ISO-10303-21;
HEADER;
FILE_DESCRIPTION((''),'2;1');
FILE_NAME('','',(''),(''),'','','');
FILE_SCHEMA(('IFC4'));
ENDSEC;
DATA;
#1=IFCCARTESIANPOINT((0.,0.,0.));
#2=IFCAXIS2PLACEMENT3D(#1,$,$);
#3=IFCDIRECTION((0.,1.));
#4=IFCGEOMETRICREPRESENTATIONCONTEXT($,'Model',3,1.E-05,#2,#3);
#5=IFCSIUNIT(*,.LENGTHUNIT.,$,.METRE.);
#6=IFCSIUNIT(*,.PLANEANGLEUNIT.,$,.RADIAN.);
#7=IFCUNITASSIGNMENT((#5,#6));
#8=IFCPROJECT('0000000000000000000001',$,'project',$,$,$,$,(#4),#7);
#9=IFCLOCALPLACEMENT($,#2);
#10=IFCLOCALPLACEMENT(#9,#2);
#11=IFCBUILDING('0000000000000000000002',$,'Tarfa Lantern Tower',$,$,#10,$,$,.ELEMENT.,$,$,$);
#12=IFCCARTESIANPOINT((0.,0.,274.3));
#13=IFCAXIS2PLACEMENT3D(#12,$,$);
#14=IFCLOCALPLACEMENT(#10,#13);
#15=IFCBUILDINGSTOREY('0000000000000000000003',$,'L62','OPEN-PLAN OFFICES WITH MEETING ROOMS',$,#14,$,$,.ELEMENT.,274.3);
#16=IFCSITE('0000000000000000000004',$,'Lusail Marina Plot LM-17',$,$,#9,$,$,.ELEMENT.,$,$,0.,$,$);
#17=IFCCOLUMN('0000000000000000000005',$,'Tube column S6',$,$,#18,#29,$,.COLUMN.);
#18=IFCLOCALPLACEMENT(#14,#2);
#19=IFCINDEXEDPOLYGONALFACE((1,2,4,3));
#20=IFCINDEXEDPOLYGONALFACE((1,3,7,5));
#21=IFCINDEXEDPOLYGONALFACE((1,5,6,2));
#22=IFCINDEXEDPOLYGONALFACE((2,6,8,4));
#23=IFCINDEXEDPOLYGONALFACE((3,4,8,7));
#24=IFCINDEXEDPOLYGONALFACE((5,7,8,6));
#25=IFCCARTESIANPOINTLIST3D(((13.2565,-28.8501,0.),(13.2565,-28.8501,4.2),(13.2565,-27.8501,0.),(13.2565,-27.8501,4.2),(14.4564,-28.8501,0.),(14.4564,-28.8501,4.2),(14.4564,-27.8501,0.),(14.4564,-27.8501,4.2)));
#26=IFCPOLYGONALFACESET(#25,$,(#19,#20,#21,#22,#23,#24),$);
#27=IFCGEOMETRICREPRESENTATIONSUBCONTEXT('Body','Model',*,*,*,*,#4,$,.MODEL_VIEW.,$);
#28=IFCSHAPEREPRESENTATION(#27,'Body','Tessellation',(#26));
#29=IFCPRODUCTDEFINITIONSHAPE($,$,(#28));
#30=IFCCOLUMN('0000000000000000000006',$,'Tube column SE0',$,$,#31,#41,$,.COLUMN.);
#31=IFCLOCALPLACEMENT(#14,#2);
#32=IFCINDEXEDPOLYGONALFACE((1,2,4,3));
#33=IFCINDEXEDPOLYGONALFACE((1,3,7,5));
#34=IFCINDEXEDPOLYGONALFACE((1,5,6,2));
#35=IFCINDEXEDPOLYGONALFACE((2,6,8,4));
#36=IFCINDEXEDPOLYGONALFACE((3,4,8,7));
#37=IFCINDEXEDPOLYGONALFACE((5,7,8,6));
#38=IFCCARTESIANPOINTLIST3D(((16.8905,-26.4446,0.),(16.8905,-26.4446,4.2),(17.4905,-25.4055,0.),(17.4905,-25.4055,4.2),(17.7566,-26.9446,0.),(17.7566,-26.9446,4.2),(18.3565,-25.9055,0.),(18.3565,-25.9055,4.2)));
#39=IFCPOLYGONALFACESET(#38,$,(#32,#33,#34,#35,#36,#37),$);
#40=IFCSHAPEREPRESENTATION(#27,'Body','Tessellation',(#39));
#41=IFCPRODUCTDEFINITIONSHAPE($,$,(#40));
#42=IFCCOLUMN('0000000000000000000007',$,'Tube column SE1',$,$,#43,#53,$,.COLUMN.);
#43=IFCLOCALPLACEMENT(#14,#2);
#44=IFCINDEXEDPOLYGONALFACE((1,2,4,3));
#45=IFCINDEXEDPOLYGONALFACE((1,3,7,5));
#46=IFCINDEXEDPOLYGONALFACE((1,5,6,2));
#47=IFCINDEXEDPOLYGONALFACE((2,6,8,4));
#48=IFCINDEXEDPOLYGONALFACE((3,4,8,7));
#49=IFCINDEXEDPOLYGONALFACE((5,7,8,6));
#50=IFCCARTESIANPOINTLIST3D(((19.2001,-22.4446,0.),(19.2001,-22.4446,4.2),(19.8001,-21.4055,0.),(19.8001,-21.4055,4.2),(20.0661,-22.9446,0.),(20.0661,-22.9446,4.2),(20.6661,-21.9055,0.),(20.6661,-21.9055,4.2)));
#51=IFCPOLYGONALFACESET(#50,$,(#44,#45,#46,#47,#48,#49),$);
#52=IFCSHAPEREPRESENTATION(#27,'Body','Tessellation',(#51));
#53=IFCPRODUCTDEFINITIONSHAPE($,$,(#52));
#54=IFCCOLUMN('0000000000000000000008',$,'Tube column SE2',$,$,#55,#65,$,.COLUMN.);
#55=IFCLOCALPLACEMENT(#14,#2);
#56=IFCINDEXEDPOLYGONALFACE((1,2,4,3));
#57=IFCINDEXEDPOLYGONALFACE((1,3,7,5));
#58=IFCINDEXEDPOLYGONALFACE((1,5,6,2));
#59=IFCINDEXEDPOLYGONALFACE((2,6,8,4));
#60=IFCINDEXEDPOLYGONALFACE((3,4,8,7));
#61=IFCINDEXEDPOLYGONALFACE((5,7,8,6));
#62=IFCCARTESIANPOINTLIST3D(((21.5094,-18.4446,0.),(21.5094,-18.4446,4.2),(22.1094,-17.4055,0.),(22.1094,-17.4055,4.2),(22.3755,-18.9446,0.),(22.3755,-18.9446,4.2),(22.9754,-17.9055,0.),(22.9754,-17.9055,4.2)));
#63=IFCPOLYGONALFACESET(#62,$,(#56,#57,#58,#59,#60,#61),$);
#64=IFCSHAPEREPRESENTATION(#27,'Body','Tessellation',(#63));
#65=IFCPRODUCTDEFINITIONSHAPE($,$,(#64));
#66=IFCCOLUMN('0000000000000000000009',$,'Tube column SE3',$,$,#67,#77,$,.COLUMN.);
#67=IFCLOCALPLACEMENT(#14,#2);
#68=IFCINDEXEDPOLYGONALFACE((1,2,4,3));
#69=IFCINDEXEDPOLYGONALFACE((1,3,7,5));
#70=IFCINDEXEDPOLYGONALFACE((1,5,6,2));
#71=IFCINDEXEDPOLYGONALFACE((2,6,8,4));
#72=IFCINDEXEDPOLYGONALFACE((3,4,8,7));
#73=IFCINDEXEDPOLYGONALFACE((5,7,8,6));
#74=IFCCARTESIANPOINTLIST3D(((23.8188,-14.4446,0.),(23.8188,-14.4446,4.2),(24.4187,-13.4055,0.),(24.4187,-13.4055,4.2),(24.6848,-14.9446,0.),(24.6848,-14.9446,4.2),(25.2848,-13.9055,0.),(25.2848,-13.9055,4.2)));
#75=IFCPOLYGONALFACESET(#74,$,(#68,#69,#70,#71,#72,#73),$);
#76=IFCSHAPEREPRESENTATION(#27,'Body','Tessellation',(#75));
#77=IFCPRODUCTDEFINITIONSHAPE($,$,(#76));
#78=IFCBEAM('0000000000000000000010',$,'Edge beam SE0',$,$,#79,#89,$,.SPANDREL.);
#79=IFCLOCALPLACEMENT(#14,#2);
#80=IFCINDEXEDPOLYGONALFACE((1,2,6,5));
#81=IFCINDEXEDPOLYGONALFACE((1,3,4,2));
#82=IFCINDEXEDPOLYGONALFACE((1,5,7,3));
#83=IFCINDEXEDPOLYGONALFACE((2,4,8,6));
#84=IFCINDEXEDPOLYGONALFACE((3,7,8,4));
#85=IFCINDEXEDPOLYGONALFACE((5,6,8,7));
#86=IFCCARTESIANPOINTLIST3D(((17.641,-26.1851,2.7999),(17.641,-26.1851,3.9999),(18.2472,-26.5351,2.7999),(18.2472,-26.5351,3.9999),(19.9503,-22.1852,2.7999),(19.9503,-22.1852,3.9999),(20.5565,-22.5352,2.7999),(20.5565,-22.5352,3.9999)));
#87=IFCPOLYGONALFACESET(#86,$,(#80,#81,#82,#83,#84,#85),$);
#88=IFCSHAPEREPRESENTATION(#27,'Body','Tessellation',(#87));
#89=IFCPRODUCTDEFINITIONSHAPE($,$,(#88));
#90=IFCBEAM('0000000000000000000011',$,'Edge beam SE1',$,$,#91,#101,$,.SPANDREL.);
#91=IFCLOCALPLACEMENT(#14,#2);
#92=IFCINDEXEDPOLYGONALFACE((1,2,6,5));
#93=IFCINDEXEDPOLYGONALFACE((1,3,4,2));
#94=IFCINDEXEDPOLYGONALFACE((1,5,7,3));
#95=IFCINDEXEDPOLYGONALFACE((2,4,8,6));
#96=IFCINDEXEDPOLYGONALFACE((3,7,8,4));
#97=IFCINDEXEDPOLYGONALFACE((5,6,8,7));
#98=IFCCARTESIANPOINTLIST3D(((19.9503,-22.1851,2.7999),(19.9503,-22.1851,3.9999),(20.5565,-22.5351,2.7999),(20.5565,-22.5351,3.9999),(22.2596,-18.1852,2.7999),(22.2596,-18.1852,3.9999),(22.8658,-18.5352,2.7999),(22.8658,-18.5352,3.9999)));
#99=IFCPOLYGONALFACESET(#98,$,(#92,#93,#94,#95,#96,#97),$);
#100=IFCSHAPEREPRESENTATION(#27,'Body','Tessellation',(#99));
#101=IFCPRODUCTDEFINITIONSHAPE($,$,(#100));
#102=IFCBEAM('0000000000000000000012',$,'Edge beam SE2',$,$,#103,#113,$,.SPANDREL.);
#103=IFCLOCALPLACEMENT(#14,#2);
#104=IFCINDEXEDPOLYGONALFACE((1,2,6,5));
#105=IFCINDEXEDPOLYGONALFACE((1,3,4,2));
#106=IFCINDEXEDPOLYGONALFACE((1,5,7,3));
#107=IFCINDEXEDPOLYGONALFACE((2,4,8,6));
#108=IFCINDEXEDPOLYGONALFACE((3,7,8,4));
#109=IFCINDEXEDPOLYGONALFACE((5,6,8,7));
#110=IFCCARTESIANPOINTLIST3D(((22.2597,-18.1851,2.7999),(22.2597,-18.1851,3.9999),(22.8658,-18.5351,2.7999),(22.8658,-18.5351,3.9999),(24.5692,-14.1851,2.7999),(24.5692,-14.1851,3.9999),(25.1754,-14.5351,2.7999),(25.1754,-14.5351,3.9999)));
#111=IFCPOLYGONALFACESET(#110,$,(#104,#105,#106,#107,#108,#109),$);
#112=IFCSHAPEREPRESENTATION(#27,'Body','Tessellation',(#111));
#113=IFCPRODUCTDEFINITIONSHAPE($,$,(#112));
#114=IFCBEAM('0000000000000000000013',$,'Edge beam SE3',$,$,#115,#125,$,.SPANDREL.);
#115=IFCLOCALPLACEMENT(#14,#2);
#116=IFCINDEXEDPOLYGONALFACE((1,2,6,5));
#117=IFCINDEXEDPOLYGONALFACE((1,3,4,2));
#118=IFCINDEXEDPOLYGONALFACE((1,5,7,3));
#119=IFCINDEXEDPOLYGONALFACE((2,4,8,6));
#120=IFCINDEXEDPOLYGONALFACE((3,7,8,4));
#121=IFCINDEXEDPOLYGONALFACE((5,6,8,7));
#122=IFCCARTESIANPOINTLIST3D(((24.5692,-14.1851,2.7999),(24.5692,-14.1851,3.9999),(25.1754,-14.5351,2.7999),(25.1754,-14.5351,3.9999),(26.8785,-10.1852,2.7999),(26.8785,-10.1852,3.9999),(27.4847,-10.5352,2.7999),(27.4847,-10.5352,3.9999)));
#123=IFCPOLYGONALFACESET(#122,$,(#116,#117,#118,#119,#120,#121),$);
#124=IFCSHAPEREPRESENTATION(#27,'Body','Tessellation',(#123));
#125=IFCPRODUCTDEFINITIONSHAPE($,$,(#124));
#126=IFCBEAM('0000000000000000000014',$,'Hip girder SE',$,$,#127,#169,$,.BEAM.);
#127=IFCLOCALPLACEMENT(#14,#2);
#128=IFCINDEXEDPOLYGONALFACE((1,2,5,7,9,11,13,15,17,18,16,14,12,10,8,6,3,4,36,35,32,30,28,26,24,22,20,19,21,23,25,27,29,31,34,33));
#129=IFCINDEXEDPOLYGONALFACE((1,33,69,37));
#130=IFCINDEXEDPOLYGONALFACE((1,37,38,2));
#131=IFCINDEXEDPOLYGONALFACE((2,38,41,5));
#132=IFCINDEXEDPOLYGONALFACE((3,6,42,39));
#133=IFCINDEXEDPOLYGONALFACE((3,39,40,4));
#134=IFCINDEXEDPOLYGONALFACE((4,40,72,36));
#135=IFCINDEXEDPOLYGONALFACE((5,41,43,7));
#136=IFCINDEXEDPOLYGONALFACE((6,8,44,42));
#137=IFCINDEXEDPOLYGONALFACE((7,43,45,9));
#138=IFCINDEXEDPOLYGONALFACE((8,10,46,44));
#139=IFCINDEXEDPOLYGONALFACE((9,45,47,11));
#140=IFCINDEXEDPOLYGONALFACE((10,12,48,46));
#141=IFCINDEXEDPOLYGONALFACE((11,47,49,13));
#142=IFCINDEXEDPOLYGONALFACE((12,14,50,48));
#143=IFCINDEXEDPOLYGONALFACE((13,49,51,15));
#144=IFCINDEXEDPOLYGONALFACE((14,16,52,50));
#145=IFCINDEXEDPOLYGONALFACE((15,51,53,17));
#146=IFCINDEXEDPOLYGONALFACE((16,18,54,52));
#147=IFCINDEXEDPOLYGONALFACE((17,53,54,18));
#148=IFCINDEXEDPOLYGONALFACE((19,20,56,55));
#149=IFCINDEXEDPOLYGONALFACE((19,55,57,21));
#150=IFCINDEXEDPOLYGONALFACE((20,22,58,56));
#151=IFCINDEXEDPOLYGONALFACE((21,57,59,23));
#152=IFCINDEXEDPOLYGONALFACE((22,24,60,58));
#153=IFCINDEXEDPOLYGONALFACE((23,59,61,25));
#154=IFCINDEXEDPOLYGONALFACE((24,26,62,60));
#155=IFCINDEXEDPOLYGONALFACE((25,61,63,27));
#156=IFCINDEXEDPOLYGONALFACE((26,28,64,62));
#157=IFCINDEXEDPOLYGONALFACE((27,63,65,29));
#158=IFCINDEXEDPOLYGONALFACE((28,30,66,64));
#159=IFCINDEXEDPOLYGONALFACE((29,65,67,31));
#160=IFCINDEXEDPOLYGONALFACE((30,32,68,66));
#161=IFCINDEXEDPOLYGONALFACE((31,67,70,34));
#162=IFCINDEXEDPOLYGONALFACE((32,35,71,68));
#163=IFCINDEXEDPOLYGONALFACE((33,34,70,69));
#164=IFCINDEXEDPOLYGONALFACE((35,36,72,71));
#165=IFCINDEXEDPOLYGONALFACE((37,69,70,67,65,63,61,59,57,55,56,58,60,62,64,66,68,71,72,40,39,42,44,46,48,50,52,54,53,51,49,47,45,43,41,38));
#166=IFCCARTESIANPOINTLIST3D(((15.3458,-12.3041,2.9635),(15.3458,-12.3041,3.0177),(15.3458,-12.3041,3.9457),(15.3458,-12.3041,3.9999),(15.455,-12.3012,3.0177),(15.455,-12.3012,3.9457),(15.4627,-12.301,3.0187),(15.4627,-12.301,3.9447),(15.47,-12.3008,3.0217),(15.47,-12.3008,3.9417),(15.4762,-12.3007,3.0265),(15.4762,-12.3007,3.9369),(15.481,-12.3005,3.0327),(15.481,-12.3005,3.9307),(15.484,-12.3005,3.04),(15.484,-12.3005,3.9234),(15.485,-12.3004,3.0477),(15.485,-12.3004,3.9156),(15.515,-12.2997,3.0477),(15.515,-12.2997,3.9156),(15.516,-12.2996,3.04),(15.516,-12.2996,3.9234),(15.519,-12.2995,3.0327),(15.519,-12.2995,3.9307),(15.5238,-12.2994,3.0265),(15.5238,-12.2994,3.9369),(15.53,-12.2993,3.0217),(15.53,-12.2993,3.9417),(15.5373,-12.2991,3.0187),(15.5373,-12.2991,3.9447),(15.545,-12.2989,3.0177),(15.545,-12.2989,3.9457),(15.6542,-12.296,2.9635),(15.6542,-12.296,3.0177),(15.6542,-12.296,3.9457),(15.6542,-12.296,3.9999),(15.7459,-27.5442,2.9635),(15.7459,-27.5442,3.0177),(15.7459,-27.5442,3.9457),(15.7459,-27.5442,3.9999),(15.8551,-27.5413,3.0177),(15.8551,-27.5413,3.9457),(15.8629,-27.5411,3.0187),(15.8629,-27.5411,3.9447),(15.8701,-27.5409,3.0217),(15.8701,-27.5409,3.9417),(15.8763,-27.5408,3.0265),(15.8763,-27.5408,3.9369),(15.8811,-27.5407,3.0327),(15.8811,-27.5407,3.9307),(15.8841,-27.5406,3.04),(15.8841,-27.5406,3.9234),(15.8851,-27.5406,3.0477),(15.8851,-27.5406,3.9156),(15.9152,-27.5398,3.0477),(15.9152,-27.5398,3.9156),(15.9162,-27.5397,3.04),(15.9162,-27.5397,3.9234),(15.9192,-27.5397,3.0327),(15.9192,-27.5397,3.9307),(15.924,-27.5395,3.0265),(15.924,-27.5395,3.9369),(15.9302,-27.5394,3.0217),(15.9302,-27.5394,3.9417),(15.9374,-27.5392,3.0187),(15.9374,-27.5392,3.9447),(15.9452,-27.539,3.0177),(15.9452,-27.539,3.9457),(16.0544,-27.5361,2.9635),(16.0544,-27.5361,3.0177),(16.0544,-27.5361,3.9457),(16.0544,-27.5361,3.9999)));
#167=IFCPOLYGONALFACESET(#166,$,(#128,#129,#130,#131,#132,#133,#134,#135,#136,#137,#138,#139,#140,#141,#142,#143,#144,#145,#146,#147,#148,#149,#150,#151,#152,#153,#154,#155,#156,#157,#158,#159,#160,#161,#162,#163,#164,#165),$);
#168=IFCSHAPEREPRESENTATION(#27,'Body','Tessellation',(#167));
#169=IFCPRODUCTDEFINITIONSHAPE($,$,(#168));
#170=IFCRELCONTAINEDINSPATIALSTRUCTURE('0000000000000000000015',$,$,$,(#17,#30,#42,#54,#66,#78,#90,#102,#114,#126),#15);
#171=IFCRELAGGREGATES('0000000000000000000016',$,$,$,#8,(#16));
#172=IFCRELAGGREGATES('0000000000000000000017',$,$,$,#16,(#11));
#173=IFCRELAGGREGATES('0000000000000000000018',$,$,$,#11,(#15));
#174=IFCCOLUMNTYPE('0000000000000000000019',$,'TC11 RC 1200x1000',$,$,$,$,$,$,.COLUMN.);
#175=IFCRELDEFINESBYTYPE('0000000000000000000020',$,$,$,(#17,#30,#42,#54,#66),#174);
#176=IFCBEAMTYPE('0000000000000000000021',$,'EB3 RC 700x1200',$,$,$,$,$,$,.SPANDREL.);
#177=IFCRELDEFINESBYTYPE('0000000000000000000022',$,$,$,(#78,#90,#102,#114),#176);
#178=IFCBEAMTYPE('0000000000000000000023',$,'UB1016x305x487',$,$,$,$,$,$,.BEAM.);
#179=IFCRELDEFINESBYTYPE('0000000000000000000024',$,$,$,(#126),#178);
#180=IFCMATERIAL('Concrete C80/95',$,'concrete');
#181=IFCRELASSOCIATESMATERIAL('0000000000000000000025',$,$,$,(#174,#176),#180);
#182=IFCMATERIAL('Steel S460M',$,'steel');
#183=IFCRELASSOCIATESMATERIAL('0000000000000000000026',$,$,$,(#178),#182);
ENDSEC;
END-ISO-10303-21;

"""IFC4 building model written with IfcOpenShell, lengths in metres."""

from ifc_helpers import new_model, si_unit, direction, frame, origin, origin_2d, place, context, subcontext, project, spatial, rectangle, i_section, extrude, material, material_profile, profile_set, type_object, element, save


model = new_model("IFC4")

# Units and contexts
model_context = context("Model", 3, precision=1e-05, world=origin(), true_north=direction((0.0, 1.0)))
body_context = subcontext(model_context, "Body", "Model", "MODEL_VIEW")
ifc_project = project(units=[si_unit("LENGTHUNIT", "METRE"), si_unit("PLANEANGLEUNIT", "RADIAN")], contexts=[model_context])

# Site, building, storey
site_placement = place(None, origin())
site = spatial("IfcSite", under=ifc_project, at=site_placement, Name="Lusail Marina Plot LM-17", CompositionType="ELEMENT", RefElevation=0.0)
building_placement = place(site_placement, origin())
building = spatial("IfcBuilding", under=site, at=building_placement, Name="Tarfa Lantern Tower", CompositionType="ELEMENT")
storey_placement = place(building_placement, frame((0.0, 0.0, 274.3)))
storey = spatial("IfcBuildingStorey", under=building, at=storey_placement, Name="L62", Description="OPEN-PLAN OFFICES WITH MEETING ROOMS", CompositionType="ELEMENT", Elevation=274.3)

# Columns
ifc_material_1 = material(Name="Concrete C80/95", Category="concrete")
ifc_material_profile_1 = material_profile(ifc_material_1, rectangle(XDim=1.2, YDim=1.0, at=origin_2d()), Name="RC 1200x1000")
ifc_profile_set_1 = profile_set([ifc_material_profile_1], Name="Concrete C80/95")
column_type = type_object("IfcColumnType", Name="TC11 RC 1200x1000", PredefinedType="COLUMN", material=ifc_profile_set_1)
for number, where, z_axis, x_axis, name in (
    (1, (13.8564, -28.3501, 0.0), (0.0, 0.0, 1.0), (1.0, 0.0, 0.0), "Tube column S6"),
    (2, (17.6235, -26.175, 0.0), (0.0, 0.0, 1.0), (0.5, 0.866025, 0.0), "Tube column SE0"),
    (3, (19.9331, -22.175, 0.0), (0.0, 0.0, 1.0), (0.5, 0.866025, 0.0), "Tube column SE1"),
    (4, (22.2424, -18.175, 0.0), (0.0, 0.0, 1.0), (0.5, 0.866025, 0.0), "Tube column SE2"),
    (5, (24.5518, -14.175, 0.0), (0.0, 0.0, 1.0), (0.5, 0.866025, 0.0), "Tube column SE3"),
):
    element("IfcColumn", number, at=place(storey_placement, frame(where, z_axis=z_axis, x_axis=x_axis)), inside=storey, type_object=column_type, Name=name, PredefinedType="COLUMN", context=body_context, shape_type="SweptSolid", body=[
        extrude(rectangle(XDim=1.2, YDim=1.0, at=origin_2d()), origin(), (0.0, 0.0, 1.0), 4.2),
    ])

# Beams
ifc_material_profile_2 = material_profile(ifc_material_1, rectangle(XDim=0.7, YDim=1.2, at=origin_2d()), Name="RC 700x1200")
ifc_profile_set_2 = profile_set([ifc_material_profile_2], Name="Concrete C80/95")
beam_type_1 = type_object("IfcBeamType", Name="EB3 RC 700x1200", PredefinedType="SPANDREL", material=ifc_profile_set_2)
for number, where, z_axis, x_axis, name in (
    (6, (17.9441, -26.3601, 3.3999), (0.499988, 0.866032, 0.0), (-0.866032, 0.499988, 0.0), "Edge beam SE0"),
    (7, (20.2534, -22.3601, 3.3999), (0.499988, 0.866032, 0.0), (-0.866032, 0.499988, 0.0), "Edge beam SE1"),
):
    element("IfcBeam", number, at=place(storey_placement, frame(where, z_axis=z_axis, x_axis=x_axis)), inside=storey, type_object=beam_type_1, Name=name, PredefinedType="SPANDREL", context=body_context, shape_type="SweptSolid", body=[
        extrude(rectangle(XDim=0.7, YDim=1.2, at=origin_2d()), origin(), (0.0, 0.0, 1.0), 4.6187),
    ])
beam_1_placement = place(storey_placement, frame((22.5627, -18.3601, 3.3999), z_axis=(0.500027, 0.86601, 0.0), x_axis=(-0.86601, 0.500027, 0.0)))
element("IfcBeam", 8, at=beam_1_placement, inside=storey, type_object=beam_type_1, Name="Edge beam SE2", PredefinedType="SPANDREL", context=body_context, shape_type="SweptSolid", body=[
    extrude(rectangle(XDim=0.7, YDim=1.2, at=origin_2d()), origin(), (0.0, 0.0, 1.0), 4.6189),
])
beam_2_placement = place(storey_placement, frame((24.8723, -14.3601, 3.3999), z_axis=(0.499988, 0.866032, 0.0), x_axis=(-0.866032, 0.499988, 0.0)))
element("IfcBeam", 9, at=beam_2_placement, inside=storey, type_object=beam_type_1, Name="Edge beam SE3", PredefinedType="SPANDREL", context=body_context, shape_type="SweptSolid", body=[
    extrude(rectangle(XDim=0.7, YDim=1.2, at=origin_2d()), origin(), (0.0, 0.0, 1.0), 4.6187),
])
ifc_material_2 = material(Name="Steel S460M", Category="steel")
ifc_material_profile_3 = material_profile(ifc_material_2, i_section(OverallWidth=0.3086, OverallDepth=1.0364, WebThickness=0.03, FlangeThickness=0.0542, FilletRadius=0.03, at=origin_2d()), Name="UB1016x305x487")
ifc_profile_set_3 = profile_set([ifc_material_profile_3], Name="Steel S460M")
beam_type_2 = type_object("IfcBeamType", Name="UB1016x305x487", PredefinedType="BEAM", material=ifc_profile_set_3)
beam_3_placement = place(storey_placement, frame((15.5, -12.3, 3.4817), z_axis=(0.026247, -0.999655, 0.0), x_axis=(0.999655, 0.026247, 0.0)))
element("IfcBeam", 10, at=beam_3_placement, inside=storey, type_object=beam_type_2, Name="Hip girder SE", PredefinedType="BEAM", context=body_context, shape_type="SweptSolid", body=[
    extrude(i_section(OverallWidth=0.3086, OverallDepth=1.0364, WebThickness=0.03, FlangeThickness=0.0542, FilletRadius=0.03, at=origin_2d()), origin(), (0.0, 0.0, 1.0), 15.2454),
])

save(model, "model.ifc")
